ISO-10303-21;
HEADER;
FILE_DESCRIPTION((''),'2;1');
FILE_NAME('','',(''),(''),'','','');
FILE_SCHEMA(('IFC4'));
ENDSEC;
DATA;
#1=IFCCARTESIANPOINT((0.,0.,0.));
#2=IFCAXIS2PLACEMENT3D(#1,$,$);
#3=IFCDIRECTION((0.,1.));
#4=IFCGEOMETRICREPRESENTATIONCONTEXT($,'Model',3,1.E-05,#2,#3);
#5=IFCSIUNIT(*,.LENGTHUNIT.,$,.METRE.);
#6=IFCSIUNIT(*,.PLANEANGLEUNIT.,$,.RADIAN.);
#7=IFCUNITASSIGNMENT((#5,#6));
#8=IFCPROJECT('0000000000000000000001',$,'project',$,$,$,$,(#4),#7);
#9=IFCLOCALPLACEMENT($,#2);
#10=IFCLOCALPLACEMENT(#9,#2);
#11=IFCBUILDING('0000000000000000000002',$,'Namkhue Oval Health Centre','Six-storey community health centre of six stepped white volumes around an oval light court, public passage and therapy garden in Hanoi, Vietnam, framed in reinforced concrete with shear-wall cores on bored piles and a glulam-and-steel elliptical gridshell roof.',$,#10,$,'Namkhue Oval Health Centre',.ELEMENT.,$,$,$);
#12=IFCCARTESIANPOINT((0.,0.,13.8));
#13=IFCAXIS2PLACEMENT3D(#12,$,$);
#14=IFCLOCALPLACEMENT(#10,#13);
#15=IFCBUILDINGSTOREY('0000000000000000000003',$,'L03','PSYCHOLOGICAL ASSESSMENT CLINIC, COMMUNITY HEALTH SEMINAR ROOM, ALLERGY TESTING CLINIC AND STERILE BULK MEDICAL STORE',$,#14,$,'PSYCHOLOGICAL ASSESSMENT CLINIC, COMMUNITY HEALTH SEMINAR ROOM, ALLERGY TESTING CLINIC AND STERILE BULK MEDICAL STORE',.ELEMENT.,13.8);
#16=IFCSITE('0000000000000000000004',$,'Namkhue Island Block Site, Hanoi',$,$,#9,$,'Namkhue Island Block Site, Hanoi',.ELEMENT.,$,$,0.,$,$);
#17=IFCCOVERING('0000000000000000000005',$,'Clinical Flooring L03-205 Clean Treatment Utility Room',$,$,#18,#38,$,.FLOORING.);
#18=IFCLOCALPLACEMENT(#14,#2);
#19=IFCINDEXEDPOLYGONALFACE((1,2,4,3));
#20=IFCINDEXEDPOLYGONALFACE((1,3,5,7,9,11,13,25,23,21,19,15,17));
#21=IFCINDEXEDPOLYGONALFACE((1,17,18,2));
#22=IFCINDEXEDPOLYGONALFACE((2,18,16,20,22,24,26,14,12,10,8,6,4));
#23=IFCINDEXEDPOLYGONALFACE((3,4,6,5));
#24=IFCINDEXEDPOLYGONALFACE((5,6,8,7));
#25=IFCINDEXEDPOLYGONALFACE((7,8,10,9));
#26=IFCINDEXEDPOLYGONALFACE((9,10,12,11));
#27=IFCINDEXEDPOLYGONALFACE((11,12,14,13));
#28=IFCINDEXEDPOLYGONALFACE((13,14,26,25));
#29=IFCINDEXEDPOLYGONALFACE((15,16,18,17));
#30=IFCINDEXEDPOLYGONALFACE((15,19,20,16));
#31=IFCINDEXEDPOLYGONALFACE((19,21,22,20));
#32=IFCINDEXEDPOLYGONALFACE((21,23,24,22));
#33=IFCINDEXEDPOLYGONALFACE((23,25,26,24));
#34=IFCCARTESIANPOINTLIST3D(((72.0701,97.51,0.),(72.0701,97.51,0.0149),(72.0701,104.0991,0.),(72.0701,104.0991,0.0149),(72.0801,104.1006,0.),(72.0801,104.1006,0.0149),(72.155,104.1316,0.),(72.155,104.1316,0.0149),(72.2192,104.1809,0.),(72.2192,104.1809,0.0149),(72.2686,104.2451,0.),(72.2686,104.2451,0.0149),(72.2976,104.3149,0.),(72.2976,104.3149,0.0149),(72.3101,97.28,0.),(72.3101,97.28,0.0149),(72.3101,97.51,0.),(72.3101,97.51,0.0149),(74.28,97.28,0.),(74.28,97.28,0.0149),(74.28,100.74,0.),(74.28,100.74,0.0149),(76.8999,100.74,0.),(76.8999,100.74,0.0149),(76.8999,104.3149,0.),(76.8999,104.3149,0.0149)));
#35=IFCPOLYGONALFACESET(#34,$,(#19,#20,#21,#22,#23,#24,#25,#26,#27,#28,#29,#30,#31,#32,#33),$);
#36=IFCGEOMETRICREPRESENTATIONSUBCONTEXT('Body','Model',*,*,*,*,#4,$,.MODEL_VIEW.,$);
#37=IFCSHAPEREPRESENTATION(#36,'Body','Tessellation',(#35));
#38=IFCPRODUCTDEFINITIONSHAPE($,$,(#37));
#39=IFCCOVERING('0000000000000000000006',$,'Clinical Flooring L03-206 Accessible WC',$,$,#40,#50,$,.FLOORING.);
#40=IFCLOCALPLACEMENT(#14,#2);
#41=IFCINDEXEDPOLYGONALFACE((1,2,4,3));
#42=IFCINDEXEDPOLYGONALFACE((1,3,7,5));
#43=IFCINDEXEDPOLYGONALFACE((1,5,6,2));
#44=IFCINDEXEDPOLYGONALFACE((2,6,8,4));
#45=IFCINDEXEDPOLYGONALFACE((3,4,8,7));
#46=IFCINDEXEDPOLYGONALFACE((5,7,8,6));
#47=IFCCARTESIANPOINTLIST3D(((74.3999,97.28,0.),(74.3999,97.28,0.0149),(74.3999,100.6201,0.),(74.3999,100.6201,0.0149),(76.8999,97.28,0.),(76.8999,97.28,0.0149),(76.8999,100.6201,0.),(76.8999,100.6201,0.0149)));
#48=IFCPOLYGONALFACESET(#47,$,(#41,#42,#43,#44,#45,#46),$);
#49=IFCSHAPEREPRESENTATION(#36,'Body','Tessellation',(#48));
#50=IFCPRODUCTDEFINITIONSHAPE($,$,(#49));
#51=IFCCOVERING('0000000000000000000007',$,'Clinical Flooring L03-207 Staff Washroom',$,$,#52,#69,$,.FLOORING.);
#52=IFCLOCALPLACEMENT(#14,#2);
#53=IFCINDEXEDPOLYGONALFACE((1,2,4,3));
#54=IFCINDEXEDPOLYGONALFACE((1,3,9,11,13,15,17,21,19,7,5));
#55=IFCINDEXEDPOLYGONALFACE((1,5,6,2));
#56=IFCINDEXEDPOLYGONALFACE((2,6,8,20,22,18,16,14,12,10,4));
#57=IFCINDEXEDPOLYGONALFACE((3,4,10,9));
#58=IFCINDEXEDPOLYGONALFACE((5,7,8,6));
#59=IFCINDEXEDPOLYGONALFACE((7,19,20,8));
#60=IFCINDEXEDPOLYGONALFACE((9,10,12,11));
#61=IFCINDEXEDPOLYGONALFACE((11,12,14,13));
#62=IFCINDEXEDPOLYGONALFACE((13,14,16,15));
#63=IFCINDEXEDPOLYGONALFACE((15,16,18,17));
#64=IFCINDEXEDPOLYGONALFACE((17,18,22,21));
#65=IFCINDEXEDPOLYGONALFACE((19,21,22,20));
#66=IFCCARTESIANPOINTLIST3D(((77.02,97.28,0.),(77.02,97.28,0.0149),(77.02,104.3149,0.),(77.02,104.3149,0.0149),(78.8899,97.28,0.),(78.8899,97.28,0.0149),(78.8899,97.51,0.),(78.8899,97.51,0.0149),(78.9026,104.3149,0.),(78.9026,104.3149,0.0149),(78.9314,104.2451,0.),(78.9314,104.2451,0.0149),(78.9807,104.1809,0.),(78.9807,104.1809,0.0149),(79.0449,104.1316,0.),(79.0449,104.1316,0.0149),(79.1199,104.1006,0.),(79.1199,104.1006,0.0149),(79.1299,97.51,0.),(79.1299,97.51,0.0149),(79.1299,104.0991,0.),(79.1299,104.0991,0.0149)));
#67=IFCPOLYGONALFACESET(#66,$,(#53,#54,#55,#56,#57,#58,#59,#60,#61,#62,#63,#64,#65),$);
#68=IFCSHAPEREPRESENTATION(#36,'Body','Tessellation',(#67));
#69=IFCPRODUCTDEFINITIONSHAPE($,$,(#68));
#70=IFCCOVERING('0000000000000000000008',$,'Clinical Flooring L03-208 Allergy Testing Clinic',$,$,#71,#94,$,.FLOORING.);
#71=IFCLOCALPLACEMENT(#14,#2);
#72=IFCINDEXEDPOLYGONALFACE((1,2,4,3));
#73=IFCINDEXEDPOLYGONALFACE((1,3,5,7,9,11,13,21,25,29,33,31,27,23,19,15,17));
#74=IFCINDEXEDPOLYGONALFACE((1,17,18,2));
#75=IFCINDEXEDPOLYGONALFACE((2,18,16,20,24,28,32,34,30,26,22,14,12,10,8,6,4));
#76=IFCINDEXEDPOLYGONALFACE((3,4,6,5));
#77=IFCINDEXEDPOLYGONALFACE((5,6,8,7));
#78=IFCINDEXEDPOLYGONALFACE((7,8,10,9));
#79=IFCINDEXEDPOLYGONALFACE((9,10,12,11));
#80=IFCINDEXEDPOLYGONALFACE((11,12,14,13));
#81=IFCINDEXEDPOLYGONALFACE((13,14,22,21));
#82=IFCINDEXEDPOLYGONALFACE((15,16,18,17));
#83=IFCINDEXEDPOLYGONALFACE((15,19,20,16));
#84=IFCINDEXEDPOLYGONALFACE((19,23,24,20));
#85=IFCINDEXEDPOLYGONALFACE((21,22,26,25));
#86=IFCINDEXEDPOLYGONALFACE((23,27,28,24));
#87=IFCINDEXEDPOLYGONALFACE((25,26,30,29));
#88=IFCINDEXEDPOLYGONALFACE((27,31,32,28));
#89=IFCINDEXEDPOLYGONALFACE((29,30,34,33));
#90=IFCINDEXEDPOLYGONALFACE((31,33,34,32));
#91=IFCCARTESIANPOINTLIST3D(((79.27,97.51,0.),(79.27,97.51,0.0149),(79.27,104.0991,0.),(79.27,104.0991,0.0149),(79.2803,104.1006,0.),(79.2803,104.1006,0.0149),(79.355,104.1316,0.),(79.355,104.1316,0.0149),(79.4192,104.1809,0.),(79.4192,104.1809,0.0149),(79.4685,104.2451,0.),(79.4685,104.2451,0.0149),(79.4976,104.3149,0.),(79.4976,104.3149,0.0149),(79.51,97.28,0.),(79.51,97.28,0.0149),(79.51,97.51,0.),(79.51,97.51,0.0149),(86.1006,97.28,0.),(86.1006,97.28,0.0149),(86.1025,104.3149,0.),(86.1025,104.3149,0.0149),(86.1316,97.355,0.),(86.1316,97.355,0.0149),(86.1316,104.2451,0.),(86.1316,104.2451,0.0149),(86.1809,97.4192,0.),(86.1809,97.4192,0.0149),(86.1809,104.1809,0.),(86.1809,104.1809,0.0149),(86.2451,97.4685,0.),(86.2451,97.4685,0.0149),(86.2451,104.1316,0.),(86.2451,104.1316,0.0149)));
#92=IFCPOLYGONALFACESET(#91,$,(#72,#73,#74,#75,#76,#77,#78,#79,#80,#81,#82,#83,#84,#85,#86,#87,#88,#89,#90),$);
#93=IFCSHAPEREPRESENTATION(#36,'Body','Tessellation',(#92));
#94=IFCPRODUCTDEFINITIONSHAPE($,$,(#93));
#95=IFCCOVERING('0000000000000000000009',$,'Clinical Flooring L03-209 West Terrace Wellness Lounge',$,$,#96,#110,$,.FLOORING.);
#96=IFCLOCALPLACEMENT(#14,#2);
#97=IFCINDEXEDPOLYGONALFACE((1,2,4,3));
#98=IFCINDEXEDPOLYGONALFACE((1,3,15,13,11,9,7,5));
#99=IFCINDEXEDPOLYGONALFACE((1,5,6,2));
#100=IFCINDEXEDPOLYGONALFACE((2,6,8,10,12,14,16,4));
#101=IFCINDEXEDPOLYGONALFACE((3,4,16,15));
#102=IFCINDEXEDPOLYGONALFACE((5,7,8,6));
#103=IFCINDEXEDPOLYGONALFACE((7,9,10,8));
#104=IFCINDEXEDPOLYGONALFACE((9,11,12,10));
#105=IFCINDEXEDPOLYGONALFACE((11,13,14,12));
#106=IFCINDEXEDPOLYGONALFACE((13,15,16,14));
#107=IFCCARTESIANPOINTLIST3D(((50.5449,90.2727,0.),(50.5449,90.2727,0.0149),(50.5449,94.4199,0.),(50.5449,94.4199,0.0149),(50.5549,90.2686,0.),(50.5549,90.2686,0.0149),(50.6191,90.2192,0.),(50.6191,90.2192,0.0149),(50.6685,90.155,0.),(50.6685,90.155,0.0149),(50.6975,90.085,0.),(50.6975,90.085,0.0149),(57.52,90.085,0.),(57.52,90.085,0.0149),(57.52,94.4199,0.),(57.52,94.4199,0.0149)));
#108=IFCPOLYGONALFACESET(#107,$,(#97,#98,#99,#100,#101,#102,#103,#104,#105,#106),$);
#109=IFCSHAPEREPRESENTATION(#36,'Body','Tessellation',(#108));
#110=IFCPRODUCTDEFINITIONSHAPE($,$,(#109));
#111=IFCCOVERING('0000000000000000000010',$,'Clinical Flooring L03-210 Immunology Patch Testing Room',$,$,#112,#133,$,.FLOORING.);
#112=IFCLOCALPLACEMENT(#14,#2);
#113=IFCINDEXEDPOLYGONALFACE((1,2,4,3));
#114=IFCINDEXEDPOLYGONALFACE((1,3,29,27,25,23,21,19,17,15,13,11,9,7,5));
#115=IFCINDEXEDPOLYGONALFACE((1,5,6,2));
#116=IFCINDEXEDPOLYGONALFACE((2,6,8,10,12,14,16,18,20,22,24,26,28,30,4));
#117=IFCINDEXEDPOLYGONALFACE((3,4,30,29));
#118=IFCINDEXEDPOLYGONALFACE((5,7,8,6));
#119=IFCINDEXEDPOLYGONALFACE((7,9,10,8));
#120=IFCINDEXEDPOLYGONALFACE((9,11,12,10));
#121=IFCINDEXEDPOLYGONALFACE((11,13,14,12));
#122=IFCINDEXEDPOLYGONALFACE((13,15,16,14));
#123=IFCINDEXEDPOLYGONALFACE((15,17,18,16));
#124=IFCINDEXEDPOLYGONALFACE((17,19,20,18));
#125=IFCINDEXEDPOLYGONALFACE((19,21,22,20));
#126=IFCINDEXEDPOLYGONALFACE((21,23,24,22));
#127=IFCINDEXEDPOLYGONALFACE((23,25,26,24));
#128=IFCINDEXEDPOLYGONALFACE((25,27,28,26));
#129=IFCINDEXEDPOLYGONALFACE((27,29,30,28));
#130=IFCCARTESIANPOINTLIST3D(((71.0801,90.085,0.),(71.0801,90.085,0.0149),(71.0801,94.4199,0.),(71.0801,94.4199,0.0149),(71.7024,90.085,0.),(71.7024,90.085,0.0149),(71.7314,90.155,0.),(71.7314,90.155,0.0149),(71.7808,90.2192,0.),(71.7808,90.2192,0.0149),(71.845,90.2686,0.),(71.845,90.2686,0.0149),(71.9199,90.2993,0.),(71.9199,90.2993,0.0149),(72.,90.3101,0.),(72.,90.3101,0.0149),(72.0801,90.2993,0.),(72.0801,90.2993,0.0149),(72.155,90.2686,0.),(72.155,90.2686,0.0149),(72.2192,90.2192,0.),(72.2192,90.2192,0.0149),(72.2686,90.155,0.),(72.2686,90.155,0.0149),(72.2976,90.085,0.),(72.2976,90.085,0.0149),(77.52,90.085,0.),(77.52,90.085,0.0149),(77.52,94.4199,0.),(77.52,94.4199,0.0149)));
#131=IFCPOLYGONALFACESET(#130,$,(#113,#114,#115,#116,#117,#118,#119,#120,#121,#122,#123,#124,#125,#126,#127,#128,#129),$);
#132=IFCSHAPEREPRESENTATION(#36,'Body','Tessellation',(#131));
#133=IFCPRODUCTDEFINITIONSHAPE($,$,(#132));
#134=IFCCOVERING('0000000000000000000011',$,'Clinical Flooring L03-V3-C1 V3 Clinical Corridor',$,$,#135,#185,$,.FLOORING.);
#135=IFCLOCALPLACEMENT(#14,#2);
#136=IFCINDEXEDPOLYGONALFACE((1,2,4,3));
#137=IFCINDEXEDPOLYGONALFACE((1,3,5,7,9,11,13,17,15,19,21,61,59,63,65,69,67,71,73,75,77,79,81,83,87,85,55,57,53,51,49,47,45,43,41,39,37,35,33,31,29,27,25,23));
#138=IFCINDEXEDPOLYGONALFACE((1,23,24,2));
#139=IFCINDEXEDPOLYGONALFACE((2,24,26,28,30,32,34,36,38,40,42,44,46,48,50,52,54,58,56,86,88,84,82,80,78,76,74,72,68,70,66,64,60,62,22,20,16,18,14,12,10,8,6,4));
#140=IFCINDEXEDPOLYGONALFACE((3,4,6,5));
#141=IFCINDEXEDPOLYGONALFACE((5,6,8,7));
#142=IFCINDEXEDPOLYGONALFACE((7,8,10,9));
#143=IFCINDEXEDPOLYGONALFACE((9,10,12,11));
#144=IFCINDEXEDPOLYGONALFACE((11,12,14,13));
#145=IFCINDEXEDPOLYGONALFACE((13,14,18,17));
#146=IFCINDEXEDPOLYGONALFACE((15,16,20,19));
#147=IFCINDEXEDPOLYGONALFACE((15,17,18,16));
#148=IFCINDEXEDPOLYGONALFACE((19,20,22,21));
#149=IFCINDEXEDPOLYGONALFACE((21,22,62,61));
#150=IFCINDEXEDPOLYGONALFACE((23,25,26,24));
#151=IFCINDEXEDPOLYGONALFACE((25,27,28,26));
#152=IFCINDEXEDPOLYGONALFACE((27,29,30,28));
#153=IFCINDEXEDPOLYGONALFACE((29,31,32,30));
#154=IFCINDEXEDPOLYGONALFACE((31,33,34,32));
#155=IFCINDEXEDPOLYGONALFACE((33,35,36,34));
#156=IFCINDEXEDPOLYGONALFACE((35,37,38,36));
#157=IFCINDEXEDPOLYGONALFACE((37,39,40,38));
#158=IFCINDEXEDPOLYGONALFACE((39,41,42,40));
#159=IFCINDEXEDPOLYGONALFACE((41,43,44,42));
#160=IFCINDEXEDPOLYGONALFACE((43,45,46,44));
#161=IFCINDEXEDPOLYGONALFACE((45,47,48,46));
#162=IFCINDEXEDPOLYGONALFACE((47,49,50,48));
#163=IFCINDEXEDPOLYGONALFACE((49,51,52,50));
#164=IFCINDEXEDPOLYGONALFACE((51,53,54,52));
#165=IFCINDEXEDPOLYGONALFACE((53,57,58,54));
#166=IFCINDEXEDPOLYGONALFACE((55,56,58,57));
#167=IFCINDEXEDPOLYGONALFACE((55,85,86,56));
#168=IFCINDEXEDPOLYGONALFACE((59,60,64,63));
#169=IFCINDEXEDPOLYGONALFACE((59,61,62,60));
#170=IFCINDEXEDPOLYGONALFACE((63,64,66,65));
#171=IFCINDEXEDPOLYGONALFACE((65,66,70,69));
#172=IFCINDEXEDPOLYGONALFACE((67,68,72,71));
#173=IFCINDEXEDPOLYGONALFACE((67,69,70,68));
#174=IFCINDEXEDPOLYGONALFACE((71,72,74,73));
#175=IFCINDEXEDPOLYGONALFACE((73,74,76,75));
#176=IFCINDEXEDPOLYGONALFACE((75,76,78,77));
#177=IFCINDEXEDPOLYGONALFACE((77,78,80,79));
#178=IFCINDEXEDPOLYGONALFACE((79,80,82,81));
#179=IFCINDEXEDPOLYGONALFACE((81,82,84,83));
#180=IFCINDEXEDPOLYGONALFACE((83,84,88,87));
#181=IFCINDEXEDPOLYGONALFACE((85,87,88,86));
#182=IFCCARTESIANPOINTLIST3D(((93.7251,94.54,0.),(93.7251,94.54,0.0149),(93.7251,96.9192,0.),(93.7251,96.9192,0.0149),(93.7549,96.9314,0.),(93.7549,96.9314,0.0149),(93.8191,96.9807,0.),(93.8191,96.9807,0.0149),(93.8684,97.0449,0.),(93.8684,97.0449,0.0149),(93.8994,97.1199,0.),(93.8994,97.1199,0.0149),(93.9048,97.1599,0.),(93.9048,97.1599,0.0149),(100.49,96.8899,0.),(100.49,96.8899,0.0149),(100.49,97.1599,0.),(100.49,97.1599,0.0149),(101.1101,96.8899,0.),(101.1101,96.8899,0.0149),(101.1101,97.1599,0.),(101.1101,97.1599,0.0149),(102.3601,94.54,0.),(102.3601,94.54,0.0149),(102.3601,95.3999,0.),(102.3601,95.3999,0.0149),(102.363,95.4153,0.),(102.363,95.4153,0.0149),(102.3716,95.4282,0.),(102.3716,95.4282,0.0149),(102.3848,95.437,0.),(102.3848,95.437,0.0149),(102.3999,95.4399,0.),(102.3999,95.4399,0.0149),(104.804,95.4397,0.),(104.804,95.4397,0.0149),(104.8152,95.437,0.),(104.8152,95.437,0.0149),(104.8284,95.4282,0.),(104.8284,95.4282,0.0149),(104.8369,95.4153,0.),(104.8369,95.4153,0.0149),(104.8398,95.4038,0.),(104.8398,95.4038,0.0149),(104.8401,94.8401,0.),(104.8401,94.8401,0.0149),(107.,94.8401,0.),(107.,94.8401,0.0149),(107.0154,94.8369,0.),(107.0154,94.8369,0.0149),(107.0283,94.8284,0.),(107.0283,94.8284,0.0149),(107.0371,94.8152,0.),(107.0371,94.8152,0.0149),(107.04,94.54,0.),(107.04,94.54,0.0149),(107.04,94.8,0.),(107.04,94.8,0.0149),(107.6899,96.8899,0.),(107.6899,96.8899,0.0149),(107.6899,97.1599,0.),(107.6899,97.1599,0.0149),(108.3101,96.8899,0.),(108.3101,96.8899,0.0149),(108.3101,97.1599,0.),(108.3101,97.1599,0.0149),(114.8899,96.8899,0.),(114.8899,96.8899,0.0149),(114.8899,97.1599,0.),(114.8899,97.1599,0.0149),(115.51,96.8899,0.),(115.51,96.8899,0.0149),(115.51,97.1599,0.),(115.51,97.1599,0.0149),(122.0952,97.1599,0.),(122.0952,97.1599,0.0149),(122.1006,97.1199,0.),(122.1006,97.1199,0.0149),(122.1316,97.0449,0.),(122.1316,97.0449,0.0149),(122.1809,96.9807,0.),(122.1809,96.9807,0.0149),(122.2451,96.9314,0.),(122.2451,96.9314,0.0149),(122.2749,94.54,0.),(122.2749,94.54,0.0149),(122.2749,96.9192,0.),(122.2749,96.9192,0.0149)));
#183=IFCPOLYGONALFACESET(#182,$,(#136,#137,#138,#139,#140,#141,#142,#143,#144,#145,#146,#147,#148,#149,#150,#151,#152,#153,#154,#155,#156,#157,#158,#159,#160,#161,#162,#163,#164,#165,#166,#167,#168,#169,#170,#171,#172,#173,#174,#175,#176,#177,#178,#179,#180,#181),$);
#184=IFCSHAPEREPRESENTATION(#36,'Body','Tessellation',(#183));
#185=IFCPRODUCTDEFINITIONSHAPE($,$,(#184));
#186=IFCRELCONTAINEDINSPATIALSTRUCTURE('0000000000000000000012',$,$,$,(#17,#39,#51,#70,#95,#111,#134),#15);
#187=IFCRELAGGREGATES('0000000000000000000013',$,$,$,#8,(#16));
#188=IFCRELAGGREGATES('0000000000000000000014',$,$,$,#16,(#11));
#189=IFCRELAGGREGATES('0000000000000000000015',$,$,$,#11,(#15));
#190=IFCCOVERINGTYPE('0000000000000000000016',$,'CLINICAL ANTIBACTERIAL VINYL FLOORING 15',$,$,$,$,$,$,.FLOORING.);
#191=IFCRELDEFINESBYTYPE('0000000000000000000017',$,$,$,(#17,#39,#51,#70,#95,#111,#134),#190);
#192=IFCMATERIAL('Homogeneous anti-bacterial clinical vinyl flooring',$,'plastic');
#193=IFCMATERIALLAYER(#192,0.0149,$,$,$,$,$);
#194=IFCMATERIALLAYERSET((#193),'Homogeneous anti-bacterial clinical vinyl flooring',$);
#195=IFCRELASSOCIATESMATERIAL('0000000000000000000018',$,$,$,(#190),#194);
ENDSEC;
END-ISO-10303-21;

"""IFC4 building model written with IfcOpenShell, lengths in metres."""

from ifc_helpers import new_model, si_unit, direction, frame, origin, place, context, subcontext, project, spatial, polyline, outline, extrude, material, layer, layer_set, type_object, element, save


model = new_model("IFC4")

# Units and contexts
model_context = context("Model", 3, precision=1e-05, world=origin(), true_north=direction((0.0, 1.0)))
body_context = subcontext(model_context, "Body", "Model", "MODEL_VIEW")
ifc_project = project(units=[si_unit("LENGTHUNIT", "METRE"), si_unit("PLANEANGLEUNIT", "RADIAN")], contexts=[model_context])

# Site, building, storey
site_placement = place(None, origin())
site = spatial("IfcSite", under=ifc_project, at=site_placement, Name="Namkhue Island Block Site, Hanoi", LongName="Namkhue Island Block Site, Hanoi", CompositionType="ELEMENT", RefElevation=0.0)
building_placement = place(site_placement, origin())
building = spatial("IfcBuilding", under=site, at=building_placement, Name="Namkhue Oval Health Centre", Description="Six-storey community health centre of six stepped white volumes around an oval light court, public passage and therapy garden in Hanoi, Vietnam, framed in reinforced concrete with shear-wall cores on bored piles and a glulam-and-steel elliptical gridshell roof.", LongName="Namkhue Oval Health Centre", CompositionType="ELEMENT")
storey_placement = place(building_placement, frame((0.0, 0.0, 13.8)))
storey = spatial("IfcBuildingStorey", under=building, at=storey_placement, Name="L03", Description="PSYCHOLOGICAL ASSESSMENT CLINIC, COMMUNITY HEALTH SEMINAR ROOM, ALLERGY TESTING CLINIC AND STERILE BULK MEDICAL STORE", LongName="PSYCHOLOGICAL ASSESSMENT CLINIC, COMMUNITY HEALTH SEMINAR ROOM, ALLERGY TESTING CLINIC AND STERILE BULK MEDICAL STORE", CompositionType="ELEMENT", Elevation=13.8)

# Coverings
ifc_material = material(Name="Homogeneous anti-bacterial clinical vinyl flooring", Category="plastic")
ifc_layer = layer(ifc_material, 0.0149)
ifc_layer_set = layer_set([ifc_layer], Name="Homogeneous anti-bacterial clinical vinyl flooring")
covering_type = type_object("IfcCoveringType", Name="CLINICAL ANTIBACTERIAL VINYL FLOORING 15", PredefinedType="FLOORING", material=ifc_layer_set)
covering_1_placement = place(storey_placement, origin())
element("IfcCovering", 1, at=covering_1_placement, inside=storey, type_object=covering_type, Name="Clinical Flooring L03-205 Clean Treatment Utility Room", PredefinedType="FLOORING", context=body_context, shape_type="SweptSolid", body=[
    extrude(outline(polyline([(76.8999, 104.3149), (76.8999, 100.74), (74.28, 100.74), (74.28, 97.28), (72.3101, 97.28), (72.3101, 97.51), (72.0701, 97.51), (72.0701, 104.0991), (72.0801, 104.1006), (72.155, 104.1316), (72.2192, 104.1809), (72.2686, 104.2451), (72.2976, 104.3149), (76.8999, 104.3149)])), origin(), (0.0, 0.0, 1.0), 0.0149),
])
covering_2_placement = place(storey_placement, origin())
element("IfcCovering", 2, at=covering_2_placement, inside=storey, type_object=covering_type, Name="Clinical Flooring L03-206 Accessible WC", PredefinedType="FLOORING", context=body_context, shape_type="SweptSolid", body=[
    extrude(outline(polyline([(76.8999, 100.6201), (76.8999, 97.28), (74.3999, 97.28), (74.3999, 100.6201), (76.8999, 100.6201)])), origin(), (0.0, 0.0, 1.0), 0.0149),
])
covering_3_placement = place(storey_placement, origin())
element("IfcCovering", 3, at=covering_3_placement, inside=storey, type_object=covering_type, Name="Clinical Flooring L03-207 Staff Washroom", PredefinedType="FLOORING", context=body_context, shape_type="SweptSolid", body=[
    extrude(outline(polyline([(77.02, 97.28), (77.02, 104.3149), (78.9026, 104.3149), (78.9314, 104.2451), (78.9807, 104.1809), (79.0449, 104.1316), (79.1199, 104.1006), (79.1299, 104.0991), (79.1299, 97.51), (78.8899, 97.51), (78.8899, 97.28), (77.02, 97.28)])), origin(), (0.0, 0.0, 1.0), 0.0149),
])
covering_4_placement = place(storey_placement, origin())
element("IfcCovering", 4, at=covering_4_placement, inside=storey, type_object=covering_type, Name="Clinical Flooring L03-208 Allergy Testing Clinic", PredefinedType="FLOORING", context=body_context, shape_type="SweptSolid", body=[
    extrude(outline(polyline([(79.51, 97.28), (79.51, 97.51), (79.27, 97.51), (79.27, 104.0991), (79.2803, 104.1006), (79.355, 104.1316), (79.4192, 104.1809), (79.4685, 104.2451), (79.4976, 104.3149), (86.1025, 104.3149), (86.1316, 104.2451), (86.1809, 104.1809), (86.2451, 104.1316), (86.2451, 97.4685), (86.1809, 97.4192), (86.1316, 97.355), (86.1006, 97.28), (79.51, 97.28)])), origin(), (0.0, 0.0, 1.0), 0.0149),
])
covering_5_placement = place(storey_placement, origin())
element("IfcCovering", 5, at=covering_5_placement, inside=storey, type_object=covering_type, Name="Clinical Flooring L03-209 West Terrace Wellness Lounge", PredefinedType="FLOORING", context=body_context, shape_type="SweptSolid", body=[
    extrude(outline(polyline([(50.6975, 90.085), (50.6685, 90.155), (50.6191, 90.2192), (50.5549, 90.2686), (50.5449, 90.2727), (50.5449, 94.4199), (57.52, 94.4199), (57.52, 90.085), (50.6975, 90.085)])), origin(), (0.0, 0.0, 1.0), 0.0149),
])
covering_6_placement = place(storey_placement, origin())
element("IfcCovering", 6, at=covering_6_placement, inside=storey, type_object=covering_type, Name="Clinical Flooring L03-210 Immunology Patch Testing Room", PredefinedType="FLOORING", context=body_context, shape_type="SweptSolid", body=[
    extrude(outline(polyline([(72.2976, 90.085), (72.2686, 90.155), (72.2192, 90.2192), (72.155, 90.2686), (72.0801, 90.2993), (72.0, 90.3101), (71.9199, 90.2993), (71.845, 90.2686), (71.7808, 90.2192), (71.7314, 90.155), (71.7024, 90.085), (71.0801, 90.085), (71.0801, 94.4199), (77.52, 94.4199), (77.52, 90.085), (72.2976, 90.085)])), origin(), (0.0, 0.0, 1.0), 0.0149),
])
covering_7_placement = place(storey_placement, origin())
element("IfcCovering", 7, at=covering_7_placement, inside=storey, type_object=covering_type, Name="Clinical Flooring L03-V3-C1 V3 Clinical Corridor", PredefinedType="FLOORING", context=body_context, shape_type="SweptSolid", body=[
    extrude(outline(polyline([(107.04, 94.8), (107.0371, 94.8152), (107.0283, 94.8284), (107.0154, 94.8369), (107.0, 94.8401), (104.8401, 94.8401), (104.8398, 95.4038), (104.8369, 95.4153), (104.8284, 95.4282), (104.8152, 95.437), (104.804, 95.4397), (102.3999, 95.4399), (102.3848, 95.437), (102.3716, 95.4282), (102.363, 95.4153), (102.3601, 95.3999), (102.3601, 94.54), (93.7251, 94.54), (93.7251, 96.9192), (93.7549, 96.9314), (93.8191, 96.9807), (93.8684, 97.0449), (93.8994, 97.1199), (93.9048, 97.1599), (100.49, 97.1599), (100.49, 96.8899), (101.1101, 96.8899), (101.1101, 97.1599), (107.6899, 97.1599), (107.6899, 96.8899), (108.3101, 96.8899), (108.3101, 97.1599), (114.8899, 97.1599), (114.8899, 96.8899), (115.51, 96.8899), (115.51, 97.1599), (122.0952, 97.1599), (122.1006, 97.1199), (122.1316, 97.0449), (122.1809, 96.9807), (122.2451, 96.9314), (122.2749, 96.9192), (122.2749, 94.54), (107.04, 94.54), (107.04, 94.8)])), origin(), (0.0, 0.0, 1.0), 0.0149),
])

save(model, "model.ifc")
